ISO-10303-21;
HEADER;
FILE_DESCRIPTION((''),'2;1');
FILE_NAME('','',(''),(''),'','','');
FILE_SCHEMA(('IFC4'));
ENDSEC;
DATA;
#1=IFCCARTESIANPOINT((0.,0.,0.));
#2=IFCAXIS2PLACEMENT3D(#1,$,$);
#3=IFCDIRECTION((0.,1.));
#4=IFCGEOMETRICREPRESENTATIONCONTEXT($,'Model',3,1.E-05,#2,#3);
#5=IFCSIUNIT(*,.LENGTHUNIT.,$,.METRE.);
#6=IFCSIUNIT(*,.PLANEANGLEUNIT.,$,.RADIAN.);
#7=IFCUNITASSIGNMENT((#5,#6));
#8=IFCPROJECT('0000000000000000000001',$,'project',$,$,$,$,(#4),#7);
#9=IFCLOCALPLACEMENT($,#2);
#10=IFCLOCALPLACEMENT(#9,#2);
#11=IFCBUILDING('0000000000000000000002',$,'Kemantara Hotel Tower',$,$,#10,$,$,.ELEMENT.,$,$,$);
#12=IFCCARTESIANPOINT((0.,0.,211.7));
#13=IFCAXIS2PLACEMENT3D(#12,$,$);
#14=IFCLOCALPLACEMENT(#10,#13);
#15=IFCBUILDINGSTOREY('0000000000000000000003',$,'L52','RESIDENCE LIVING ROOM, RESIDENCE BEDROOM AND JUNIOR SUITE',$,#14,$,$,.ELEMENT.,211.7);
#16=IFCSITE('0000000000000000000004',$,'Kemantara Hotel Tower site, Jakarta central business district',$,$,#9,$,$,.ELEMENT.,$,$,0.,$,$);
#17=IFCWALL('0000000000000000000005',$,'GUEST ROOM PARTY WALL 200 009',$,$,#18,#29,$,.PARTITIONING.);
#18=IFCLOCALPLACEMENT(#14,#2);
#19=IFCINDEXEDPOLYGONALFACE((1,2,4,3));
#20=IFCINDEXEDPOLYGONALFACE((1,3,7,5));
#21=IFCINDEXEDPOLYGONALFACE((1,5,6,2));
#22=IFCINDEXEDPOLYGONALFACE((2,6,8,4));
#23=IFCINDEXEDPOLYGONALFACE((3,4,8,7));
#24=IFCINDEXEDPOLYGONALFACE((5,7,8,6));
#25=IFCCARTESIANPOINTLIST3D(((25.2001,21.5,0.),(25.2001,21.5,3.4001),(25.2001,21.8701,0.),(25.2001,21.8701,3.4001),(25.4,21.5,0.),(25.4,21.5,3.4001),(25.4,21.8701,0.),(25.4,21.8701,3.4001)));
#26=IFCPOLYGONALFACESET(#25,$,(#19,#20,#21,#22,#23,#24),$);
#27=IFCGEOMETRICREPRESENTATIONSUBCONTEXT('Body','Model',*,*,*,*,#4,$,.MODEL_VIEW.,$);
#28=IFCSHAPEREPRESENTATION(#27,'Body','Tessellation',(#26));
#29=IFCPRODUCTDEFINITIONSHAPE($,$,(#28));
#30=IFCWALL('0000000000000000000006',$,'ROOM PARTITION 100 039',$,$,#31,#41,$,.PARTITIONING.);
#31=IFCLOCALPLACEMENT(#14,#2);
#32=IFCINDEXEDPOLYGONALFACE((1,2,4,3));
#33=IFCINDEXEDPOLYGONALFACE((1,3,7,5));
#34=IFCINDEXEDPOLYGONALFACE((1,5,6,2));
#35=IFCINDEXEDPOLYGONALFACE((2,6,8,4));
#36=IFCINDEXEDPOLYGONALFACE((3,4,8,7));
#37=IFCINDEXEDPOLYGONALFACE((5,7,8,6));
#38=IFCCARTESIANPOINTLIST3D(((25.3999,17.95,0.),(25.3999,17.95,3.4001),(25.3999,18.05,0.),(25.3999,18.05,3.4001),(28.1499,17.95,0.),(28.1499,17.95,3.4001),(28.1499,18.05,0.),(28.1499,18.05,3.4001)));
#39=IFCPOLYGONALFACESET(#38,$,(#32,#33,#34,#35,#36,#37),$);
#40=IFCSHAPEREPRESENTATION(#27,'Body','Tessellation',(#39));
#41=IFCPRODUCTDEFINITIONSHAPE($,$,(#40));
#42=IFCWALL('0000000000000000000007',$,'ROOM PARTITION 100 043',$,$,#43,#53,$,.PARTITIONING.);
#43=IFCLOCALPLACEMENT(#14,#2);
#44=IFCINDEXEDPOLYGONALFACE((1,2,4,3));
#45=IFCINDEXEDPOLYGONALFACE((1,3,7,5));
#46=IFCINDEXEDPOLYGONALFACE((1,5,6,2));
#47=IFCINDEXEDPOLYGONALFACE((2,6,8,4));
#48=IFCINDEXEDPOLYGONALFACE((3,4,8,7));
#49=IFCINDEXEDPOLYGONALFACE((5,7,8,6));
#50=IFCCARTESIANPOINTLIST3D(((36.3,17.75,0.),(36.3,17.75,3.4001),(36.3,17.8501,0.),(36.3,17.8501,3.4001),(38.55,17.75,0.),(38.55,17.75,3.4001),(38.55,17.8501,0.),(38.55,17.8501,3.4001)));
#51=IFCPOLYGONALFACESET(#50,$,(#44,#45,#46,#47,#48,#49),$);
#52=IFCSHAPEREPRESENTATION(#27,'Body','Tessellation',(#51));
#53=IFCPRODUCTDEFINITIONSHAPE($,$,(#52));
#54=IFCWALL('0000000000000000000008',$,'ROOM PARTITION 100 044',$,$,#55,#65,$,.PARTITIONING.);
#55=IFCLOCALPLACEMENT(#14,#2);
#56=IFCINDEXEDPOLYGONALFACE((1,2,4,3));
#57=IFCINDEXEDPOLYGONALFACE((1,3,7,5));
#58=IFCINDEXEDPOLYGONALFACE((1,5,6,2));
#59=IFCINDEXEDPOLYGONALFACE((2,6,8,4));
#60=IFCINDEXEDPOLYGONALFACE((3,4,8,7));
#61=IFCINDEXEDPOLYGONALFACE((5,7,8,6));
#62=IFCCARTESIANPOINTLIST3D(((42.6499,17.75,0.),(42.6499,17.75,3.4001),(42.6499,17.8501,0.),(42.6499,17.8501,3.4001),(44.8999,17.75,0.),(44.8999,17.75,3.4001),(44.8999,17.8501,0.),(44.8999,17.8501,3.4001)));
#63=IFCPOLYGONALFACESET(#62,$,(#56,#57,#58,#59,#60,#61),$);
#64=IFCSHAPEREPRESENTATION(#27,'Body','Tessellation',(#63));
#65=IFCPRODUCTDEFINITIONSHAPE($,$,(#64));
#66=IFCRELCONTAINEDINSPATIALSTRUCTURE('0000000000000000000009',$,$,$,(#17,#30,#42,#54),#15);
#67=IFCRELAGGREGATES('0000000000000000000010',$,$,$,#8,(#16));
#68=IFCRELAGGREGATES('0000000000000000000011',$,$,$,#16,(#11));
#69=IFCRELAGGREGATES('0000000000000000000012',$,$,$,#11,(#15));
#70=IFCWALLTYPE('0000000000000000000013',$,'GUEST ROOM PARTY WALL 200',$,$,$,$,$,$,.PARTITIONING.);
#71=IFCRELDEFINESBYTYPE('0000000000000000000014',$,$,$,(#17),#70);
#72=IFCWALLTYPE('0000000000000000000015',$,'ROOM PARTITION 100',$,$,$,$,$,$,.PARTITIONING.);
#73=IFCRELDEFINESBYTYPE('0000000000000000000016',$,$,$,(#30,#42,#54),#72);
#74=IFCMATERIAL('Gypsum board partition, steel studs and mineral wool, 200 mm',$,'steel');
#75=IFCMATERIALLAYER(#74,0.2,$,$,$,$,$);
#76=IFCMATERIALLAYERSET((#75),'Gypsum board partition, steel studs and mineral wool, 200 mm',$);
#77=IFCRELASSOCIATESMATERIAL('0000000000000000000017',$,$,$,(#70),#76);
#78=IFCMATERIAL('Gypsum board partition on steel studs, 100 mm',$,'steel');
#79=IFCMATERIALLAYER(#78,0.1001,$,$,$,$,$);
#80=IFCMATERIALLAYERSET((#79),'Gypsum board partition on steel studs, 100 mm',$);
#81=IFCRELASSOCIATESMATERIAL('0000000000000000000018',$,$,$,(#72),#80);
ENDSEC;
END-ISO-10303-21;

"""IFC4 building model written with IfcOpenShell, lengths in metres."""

from ifc_helpers import new_model, si_unit, direction, frame, frame_2d, origin, place, context, subcontext, project, spatial, rectangle, extrude, material, layer, layer_set, type_object, element, save


model = new_model("IFC4")

# Units and contexts
model_context = context("Model", 3, precision=1e-05, world=origin(), true_north=direction((0.0, 1.0)))
body_context = subcontext(model_context, "Body", "Model", "MODEL_VIEW")
ifc_project = project(units=[si_unit("LENGTHUNIT", "METRE"), si_unit("PLANEANGLEUNIT", "RADIAN")], contexts=[model_context])

# Site, building, storey
site_placement = place(None, origin())
site = spatial("IfcSite", under=ifc_project, at=site_placement, Name="Kemantara Hotel Tower site, Jakarta central business district", CompositionType="ELEMENT", RefElevation=0.0)
building_placement = place(site_placement, origin())
building = spatial("IfcBuilding", under=site, at=building_placement, Name="Kemantara Hotel Tower", CompositionType="ELEMENT")
storey_placement = place(building_placement, frame((0.0, 0.0, 211.7)))
storey = spatial("IfcBuildingStorey", under=building, at=storey_placement, Name="L52", Description="RESIDENCE LIVING ROOM, RESIDENCE BEDROOM AND JUNIOR SUITE", CompositionType="ELEMENT", Elevation=211.7)

# Walls
ifc_material_1 = material(Name="Gypsum board partition, steel studs and mineral wool, 200 mm", Category="steel")
ifc_layer_1 = layer(ifc_material_1, 0.2)
ifc_layer_set_1 = layer_set([ifc_layer_1], Name="Gypsum board partition, steel studs and mineral wool, 200 mm")
wall_type_1 = type_object("IfcWallType", Name="GUEST ROOM PARTY WALL 200", PredefinedType="PARTITIONING", material=ifc_layer_set_1)
wall_1_placement = place(storey_placement, frame((25.3, 21.5, 0.0), z_axis=(0.0, 0.0, 1.0), x_axis=(0.0, 1.0, 0.0)))
element("IfcWall", 1, at=wall_1_placement, inside=storey, type_object=wall_type_1, Name="GUEST ROOM PARTY WALL 200 009", PredefinedType="PARTITIONING", context=body_context, shape_type="SweptSolid", body=[
    extrude(rectangle(XDim=0.3701, YDim=0.2, at=frame_2d((0.1851, 0.0))), origin(), (0.0, 0.0, 1.0), 3.4001),
])
ifc_material_2 = material(Name="Gypsum board partition on steel studs, 100 mm", Category="steel")
ifc_layer_2 = layer(ifc_material_2, 0.1001)
ifc_layer_set_2 = layer_set([ifc_layer_2], Name="Gypsum board partition on steel studs, 100 mm")
wall_type_2 = type_object("IfcWallType", Name="ROOM PARTITION 100", PredefinedType="PARTITIONING", material=ifc_layer_set_2)
wall_2_placement = place(storey_placement, frame((25.3999, 18.0, 0.0), z_axis=(0.0, 0.0, 1.0), x_axis=(1.0, 0.0, 0.0)))
element("IfcWall", 2, at=wall_2_placement, inside=storey, type_object=wall_type_2, Name="ROOM PARTITION 100 039", PredefinedType="PARTITIONING", context=body_context, shape_type="SweptSolid", body=[
    extrude(rectangle(XDim=2.75, YDim=0.1001, at=frame_2d((1.375, 0.0))), origin(), (0.0, 0.0, 1.0), 3.4001),
])
for number, where, z_axis, x_axis, name in (
    (3, (36.3, 17.8, 0.0), (0.0, 0.0, 1.0), (1.0, 0.0, 0.0), "ROOM PARTITION 100 043"),
    (4, (42.6499, 17.8, 0.0), (0.0, 0.0, 1.0), (1.0, 0.0, 0.0), "ROOM PARTITION 100 044"),
):
    element("IfcWall", number, at=place(storey_placement, frame(where, z_axis=z_axis, x_axis=x_axis)), inside=storey, type_object=wall_type_2, Name=name, PredefinedType="PARTITIONING", context=body_context, shape_type="SweptSolid", body=[
        extrude(rectangle(XDim=2.25, YDim=0.1001, at=frame_2d((1.125, 0.0))), origin(), (0.0, 0.0, 1.0), 3.4001),
    ])

save(model, "model.ifc")
